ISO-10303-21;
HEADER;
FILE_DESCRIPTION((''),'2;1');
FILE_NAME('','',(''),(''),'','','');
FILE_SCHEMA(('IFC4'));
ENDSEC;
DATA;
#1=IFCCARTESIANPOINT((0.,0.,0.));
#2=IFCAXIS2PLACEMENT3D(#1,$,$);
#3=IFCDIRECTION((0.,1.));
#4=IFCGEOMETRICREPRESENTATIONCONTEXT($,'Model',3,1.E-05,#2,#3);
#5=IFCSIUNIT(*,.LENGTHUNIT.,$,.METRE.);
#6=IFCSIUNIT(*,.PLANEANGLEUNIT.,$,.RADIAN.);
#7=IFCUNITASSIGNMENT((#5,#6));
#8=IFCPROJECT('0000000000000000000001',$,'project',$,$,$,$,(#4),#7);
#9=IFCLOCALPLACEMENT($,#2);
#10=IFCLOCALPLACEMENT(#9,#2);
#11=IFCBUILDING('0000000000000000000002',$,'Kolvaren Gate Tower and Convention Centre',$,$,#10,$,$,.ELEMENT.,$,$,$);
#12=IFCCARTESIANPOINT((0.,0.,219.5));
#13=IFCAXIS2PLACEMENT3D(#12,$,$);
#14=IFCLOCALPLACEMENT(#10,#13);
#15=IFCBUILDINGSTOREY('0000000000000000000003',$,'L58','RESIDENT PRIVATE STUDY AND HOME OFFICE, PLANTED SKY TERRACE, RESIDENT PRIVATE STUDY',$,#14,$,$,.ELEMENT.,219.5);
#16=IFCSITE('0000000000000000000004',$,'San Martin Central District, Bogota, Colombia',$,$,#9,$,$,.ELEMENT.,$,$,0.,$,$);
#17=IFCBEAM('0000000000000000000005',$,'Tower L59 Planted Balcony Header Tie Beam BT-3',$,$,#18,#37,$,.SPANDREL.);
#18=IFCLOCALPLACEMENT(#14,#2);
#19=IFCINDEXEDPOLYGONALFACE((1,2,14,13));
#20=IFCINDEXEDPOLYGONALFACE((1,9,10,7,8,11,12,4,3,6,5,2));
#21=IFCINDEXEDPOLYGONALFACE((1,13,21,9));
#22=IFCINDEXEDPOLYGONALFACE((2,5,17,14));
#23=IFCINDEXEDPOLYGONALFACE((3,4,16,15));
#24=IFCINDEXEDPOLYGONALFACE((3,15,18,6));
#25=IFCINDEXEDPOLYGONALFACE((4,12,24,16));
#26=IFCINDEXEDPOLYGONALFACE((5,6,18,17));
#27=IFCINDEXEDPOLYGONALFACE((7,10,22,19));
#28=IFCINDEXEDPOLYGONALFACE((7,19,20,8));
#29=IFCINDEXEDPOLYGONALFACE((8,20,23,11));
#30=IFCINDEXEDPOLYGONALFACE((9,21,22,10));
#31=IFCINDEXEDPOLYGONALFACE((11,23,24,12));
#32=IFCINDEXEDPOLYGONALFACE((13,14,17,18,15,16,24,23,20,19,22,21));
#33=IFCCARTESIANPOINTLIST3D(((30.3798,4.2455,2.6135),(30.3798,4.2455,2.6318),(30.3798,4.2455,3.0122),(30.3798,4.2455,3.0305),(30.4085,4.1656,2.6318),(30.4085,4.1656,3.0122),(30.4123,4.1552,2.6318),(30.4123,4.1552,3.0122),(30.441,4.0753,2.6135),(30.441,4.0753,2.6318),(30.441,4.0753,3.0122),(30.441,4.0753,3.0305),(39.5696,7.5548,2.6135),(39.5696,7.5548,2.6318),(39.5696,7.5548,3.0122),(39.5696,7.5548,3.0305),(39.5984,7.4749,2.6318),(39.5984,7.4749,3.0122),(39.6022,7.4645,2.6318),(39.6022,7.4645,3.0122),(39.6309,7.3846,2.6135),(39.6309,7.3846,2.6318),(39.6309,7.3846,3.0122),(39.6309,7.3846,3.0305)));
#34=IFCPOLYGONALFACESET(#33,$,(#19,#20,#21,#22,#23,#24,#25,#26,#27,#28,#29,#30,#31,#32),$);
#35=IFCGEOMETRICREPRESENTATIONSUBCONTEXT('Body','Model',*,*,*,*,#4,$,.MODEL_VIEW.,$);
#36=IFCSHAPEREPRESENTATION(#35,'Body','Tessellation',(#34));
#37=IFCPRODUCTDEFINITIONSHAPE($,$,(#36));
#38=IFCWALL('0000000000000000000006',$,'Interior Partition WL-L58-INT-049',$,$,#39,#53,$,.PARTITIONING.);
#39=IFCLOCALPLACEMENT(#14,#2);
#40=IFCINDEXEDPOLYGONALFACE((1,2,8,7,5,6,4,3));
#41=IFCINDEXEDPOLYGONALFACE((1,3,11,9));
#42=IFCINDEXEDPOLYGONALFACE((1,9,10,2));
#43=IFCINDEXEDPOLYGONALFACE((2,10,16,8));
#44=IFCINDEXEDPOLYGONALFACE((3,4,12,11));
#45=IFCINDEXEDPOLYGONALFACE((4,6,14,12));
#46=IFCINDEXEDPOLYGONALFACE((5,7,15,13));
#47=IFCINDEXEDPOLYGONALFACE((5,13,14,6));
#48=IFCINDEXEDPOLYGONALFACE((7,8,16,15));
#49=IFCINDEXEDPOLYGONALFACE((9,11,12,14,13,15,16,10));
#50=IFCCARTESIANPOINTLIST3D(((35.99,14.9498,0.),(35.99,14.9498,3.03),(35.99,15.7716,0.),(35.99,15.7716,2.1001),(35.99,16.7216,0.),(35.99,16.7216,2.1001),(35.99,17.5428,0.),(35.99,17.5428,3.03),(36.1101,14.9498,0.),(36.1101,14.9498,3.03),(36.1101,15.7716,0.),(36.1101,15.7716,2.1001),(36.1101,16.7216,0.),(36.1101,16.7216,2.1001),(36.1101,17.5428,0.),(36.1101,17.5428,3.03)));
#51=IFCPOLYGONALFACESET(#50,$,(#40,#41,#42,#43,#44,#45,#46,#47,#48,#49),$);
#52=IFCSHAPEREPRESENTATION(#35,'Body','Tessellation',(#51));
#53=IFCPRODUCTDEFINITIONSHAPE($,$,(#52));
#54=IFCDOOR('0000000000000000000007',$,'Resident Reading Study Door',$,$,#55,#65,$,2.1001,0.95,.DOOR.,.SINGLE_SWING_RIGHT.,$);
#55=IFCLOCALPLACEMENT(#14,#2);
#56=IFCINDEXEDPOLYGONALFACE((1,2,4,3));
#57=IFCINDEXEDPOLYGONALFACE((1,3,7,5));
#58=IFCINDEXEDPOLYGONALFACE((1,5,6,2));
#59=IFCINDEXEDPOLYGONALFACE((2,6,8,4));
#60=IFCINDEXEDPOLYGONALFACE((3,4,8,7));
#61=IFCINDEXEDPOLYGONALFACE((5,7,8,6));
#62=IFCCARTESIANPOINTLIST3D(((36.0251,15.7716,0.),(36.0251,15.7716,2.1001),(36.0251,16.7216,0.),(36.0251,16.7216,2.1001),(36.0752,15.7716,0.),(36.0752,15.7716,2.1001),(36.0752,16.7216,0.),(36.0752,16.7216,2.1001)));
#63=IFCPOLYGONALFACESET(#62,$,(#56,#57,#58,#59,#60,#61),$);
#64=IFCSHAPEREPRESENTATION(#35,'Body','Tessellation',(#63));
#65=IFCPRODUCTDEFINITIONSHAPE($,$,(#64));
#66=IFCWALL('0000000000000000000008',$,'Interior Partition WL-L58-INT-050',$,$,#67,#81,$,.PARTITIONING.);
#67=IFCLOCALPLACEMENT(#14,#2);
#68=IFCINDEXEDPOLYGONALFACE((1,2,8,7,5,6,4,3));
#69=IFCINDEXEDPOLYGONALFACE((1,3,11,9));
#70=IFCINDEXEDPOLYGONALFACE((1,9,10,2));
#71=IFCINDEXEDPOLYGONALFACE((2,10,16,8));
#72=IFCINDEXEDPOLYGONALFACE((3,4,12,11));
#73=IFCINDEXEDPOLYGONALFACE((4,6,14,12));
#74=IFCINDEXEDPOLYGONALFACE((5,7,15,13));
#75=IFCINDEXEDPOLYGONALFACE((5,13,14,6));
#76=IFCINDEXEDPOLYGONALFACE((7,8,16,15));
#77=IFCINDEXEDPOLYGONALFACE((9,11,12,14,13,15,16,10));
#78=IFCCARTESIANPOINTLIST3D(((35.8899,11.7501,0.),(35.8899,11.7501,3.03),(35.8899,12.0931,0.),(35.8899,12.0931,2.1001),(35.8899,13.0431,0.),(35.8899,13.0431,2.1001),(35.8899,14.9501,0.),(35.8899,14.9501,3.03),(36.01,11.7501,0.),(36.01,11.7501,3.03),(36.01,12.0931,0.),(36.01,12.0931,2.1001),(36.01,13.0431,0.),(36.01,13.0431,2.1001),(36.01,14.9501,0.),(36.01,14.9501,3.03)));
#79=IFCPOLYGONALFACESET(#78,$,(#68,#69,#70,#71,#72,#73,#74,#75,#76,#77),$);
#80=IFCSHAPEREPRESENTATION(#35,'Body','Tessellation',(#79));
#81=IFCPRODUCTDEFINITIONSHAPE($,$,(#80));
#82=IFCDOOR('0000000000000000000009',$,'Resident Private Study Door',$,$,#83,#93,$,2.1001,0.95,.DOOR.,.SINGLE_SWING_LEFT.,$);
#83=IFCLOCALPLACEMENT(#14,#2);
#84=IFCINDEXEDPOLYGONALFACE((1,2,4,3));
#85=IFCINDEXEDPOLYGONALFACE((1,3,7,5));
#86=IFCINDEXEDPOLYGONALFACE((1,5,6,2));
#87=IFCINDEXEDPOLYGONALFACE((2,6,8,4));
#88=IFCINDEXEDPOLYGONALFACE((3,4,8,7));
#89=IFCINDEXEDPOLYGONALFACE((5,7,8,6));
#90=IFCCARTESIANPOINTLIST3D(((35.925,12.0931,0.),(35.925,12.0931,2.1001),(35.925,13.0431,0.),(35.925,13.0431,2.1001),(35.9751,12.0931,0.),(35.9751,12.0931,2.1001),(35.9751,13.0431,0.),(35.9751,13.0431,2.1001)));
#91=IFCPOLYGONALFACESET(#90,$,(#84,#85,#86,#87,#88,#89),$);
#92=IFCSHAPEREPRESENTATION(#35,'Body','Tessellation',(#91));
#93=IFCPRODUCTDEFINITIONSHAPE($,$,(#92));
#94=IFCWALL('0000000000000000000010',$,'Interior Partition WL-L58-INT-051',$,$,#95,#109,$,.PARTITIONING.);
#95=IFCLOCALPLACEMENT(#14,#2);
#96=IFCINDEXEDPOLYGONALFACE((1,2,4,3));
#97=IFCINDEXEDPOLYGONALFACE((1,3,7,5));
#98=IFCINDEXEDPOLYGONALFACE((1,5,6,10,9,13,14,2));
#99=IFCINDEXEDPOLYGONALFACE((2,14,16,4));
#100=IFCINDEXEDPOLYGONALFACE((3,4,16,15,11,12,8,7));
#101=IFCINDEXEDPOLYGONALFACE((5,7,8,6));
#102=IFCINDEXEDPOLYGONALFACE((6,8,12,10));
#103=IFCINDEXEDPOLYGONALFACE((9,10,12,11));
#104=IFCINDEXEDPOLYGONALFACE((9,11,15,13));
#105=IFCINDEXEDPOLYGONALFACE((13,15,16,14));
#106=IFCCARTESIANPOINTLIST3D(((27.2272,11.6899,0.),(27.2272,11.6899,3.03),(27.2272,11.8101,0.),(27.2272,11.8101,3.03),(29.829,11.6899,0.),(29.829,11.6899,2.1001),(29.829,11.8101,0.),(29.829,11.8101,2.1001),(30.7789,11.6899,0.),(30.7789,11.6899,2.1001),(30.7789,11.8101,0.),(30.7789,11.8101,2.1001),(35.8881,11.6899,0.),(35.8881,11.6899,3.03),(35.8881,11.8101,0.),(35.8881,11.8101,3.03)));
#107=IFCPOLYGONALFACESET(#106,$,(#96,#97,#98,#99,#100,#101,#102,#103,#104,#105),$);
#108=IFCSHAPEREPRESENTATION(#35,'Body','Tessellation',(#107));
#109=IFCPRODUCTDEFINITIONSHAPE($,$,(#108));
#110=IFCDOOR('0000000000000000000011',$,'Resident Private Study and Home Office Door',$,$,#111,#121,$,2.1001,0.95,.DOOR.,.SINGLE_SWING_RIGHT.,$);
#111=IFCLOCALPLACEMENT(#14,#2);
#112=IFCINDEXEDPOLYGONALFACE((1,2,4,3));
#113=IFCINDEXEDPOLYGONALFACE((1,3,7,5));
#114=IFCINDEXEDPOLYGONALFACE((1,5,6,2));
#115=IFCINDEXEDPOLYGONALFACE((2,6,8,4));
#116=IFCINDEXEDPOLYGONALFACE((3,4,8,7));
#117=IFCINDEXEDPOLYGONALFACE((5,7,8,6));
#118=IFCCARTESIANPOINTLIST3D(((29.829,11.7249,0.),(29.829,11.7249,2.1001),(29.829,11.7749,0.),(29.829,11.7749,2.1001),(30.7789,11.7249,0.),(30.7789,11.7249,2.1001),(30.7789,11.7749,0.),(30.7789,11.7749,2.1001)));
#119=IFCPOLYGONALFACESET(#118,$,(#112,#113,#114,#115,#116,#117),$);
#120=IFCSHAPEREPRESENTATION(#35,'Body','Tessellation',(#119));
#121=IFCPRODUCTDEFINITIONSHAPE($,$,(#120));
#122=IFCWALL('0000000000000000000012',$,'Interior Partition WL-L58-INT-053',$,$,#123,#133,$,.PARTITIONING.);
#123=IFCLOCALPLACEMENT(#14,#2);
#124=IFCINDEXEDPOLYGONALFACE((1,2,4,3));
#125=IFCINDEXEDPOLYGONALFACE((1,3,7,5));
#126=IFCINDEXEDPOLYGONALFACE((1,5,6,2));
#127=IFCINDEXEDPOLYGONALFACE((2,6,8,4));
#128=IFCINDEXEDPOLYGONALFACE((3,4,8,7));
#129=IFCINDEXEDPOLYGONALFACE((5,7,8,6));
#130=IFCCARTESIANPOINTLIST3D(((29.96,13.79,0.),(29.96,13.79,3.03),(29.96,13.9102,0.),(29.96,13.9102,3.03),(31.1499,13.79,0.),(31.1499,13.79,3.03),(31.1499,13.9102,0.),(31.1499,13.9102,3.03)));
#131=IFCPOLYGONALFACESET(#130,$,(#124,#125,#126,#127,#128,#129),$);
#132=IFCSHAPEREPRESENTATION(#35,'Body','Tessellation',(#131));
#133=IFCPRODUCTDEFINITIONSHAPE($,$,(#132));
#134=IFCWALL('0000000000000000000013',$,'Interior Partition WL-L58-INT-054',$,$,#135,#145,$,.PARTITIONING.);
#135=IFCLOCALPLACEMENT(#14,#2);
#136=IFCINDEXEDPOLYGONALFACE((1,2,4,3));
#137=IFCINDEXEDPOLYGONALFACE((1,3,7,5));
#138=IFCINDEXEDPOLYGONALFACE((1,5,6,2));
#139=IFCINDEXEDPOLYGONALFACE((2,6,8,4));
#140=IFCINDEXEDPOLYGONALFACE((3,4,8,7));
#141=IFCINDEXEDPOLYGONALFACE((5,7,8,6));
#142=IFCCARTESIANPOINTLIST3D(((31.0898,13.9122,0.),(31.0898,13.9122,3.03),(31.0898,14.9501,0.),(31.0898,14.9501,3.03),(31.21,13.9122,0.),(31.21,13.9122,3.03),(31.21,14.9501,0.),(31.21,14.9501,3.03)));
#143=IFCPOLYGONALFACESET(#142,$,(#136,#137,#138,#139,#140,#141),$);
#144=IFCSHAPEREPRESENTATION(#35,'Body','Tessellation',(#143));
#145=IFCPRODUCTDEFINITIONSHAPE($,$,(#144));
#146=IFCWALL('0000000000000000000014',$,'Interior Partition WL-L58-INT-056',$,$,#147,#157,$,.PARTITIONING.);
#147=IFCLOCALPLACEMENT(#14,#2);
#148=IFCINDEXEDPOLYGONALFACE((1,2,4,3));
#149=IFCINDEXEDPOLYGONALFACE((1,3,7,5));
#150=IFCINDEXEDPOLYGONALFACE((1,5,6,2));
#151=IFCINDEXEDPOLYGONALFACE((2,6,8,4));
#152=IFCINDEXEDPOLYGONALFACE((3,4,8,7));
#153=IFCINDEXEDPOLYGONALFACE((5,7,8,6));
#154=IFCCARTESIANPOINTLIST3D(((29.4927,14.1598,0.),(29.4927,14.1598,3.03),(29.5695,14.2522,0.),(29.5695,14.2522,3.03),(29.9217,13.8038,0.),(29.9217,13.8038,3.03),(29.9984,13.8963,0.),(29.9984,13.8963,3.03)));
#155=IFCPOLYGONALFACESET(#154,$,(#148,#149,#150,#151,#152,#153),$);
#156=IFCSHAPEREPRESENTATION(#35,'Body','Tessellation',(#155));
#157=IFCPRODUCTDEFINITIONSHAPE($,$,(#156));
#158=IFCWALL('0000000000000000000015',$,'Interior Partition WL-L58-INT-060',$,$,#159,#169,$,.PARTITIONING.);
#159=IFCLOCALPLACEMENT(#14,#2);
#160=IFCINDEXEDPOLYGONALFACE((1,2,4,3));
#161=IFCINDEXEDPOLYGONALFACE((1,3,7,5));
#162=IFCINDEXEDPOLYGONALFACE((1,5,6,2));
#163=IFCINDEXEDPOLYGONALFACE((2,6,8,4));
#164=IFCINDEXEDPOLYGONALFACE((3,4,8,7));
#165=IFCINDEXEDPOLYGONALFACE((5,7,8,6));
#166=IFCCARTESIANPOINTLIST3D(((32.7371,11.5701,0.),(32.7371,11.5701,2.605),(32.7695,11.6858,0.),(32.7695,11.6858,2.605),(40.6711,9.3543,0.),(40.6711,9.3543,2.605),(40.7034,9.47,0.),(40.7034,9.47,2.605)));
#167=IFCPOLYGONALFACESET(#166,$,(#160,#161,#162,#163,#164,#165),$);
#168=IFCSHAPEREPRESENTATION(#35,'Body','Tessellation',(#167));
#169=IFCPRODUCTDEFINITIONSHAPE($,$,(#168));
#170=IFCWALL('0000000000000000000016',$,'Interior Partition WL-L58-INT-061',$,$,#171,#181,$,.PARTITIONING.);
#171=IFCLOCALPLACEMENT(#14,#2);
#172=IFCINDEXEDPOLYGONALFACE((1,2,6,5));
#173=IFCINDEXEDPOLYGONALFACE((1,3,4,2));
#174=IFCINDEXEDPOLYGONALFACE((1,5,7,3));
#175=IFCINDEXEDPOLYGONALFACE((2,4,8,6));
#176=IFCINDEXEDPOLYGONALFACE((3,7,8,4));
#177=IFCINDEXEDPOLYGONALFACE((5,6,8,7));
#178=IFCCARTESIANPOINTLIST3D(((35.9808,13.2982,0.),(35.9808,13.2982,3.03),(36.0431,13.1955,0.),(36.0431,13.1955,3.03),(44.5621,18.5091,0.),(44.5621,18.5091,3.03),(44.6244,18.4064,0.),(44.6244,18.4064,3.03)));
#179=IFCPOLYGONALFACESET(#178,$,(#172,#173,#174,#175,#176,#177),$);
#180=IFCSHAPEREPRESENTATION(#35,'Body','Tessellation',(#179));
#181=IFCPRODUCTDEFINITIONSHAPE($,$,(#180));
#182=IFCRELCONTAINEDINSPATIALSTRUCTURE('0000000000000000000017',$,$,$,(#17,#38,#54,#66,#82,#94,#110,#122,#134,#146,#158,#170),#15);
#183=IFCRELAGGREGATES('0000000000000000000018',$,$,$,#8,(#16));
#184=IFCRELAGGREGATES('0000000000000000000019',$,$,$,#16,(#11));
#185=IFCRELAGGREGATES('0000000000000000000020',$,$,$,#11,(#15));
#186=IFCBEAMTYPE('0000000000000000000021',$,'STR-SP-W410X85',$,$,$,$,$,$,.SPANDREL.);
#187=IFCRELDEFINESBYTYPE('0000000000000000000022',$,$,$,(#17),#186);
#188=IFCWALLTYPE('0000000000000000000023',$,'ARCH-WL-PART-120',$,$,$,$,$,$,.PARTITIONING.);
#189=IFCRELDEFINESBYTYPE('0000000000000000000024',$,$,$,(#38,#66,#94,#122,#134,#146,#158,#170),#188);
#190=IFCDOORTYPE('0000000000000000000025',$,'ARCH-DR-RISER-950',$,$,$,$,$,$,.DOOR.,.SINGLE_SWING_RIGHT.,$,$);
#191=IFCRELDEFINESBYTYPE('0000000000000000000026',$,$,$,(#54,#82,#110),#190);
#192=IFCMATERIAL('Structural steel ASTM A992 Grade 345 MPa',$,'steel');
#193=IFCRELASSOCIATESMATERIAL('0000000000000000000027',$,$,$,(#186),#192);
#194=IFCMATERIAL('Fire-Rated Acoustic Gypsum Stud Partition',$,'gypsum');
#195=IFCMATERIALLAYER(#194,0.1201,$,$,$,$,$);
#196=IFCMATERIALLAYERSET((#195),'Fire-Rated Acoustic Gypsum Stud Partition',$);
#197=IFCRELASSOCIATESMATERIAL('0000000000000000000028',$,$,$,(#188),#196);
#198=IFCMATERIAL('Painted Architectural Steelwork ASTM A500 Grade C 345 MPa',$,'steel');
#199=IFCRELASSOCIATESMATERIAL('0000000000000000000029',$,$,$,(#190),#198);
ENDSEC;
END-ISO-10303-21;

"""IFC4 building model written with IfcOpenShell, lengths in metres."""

from ifc_helpers import new_model, si_unit, direction, frame, frame_2d, origin, origin_2d, place, context, subcontext, project, spatial, rectangle, i_section, extrude, material, layer, layer_set, material_profile, profile_set, type_object, element, fill, save


model = new_model("IFC4")

# Units and contexts
model_context = context("Model", 3, precision=1e-05, world=origin(), true_north=direction((0.0, 1.0)))
body_context = subcontext(model_context, "Body", "Model", "MODEL_VIEW")
ifc_project = project(units=[si_unit("LENGTHUNIT", "METRE"), si_unit("PLANEANGLEUNIT", "RADIAN")], contexts=[model_context])

# Site, building, storey
site_placement = place(None, origin())
site = spatial("IfcSite", under=ifc_project, at=site_placement, Name="San Martin Central District, Bogota, Colombia", CompositionType="ELEMENT", RefElevation=0.0)
building_placement = place(site_placement, origin())
building = spatial("IfcBuilding", under=site, at=building_placement, Name="Kolvaren Gate Tower and Convention Centre", CompositionType="ELEMENT")
storey_placement = place(building_placement, frame((0.0, 0.0, 219.5)))
storey = spatial("IfcBuildingStorey", under=building, at=storey_placement, Name="L58", Description="RESIDENT PRIVATE STUDY AND HOME OFFICE, PLANTED SKY TERRACE, RESIDENT PRIVATE STUDY", CompositionType="ELEMENT", Elevation=219.5)

# Beam
ifc_material_1 = material(Name="Structural steel ASTM A992 Grade 345 MPa", Category="steel")
ifc_material_profile_1 = material_profile(ifc_material_1, i_section(OverallWidth=0.1809, OverallDepth=0.417, WebThickness=0.011, FlangeThickness=0.0183, at=origin_2d()), Name="W410X85")
ifc_profile_set_1 = profile_set([ifc_material_profile_1], Name="Structural steel ASTM A992 Grade 345 MPa")
beam_type_1 = type_object("IfcBeamType", Name="STR-SP-W410X85", PredefinedType="SPANDREL", material=ifc_profile_set_1)
beam_1_placement = place(storey_placement, frame((30.4104, 4.1604, 2.822), z_axis=(0.940857, 0.338805, 0.0), x_axis=(-0.338805, 0.940857, 0.0)))
element("IfcBeam", 1, at=beam_1_placement, inside=storey, type_object=beam_type_1, Name="Tower L59 Planted Balcony Header Tie Beam BT-3", PredefinedType="SPANDREL", context=body_context, shape_type="SweptSolid", body=[
    extrude(i_section(OverallWidth=0.1809, OverallDepth=0.417, WebThickness=0.011, FlangeThickness=0.0183, at=origin_2d()), origin(), (0.0, 0.0, 1.0), 9.7676),
])

# Walls, openings, doors
ifc_material_2 = material(Name="Fire-Rated Acoustic Gypsum Stud Partition", Category="gypsum")
ifc_layer_1 = layer(ifc_material_2, 0.1201)
ifc_layer_set_1 = layer_set([ifc_layer_1], Name="Fire-Rated Acoustic Gypsum Stud Partition")
wall_type_1 = type_object("IfcWallType", Name="ARCH-WL-PART-120", PredefinedType="PARTITIONING", material=ifc_layer_set_1)
wall_1_placement = place(storey_placement, frame((36.05, 14.95, 0.0), z_axis=(0.0, 0.0, 1.0), x_axis=(0.0, 1.0, 0.0)))
wall_1 = element("IfcWall", 2, at=wall_1_placement, inside=storey, type_object=wall_type_1, Name="Interior Partition WL-L58-INT-049", PredefinedType="PARTITIONING", context=body_context, shape_type="SweptSolid", body=[
    extrude(rectangle(XDim=2.593, YDim=0.1201, at=frame_2d((1.2964, 0.0))), origin(), (0.0, 0.0, 1.0), 3.03),
])
opening_1_placement = place(wall_1_placement, frame((0.8215, 0.0, 0.0)))
opening_1 = element("IfcOpeningElement", 3, at=opening_1_placement, cuts=wall_1, PredefinedType="OPENING", context=body_context, shape_type="SweptSolid", body=[
    extrude(rectangle(XDim=0.95, YDim=2.1001, at=frame_2d((0.4751, 1.05))), frame((0.0, 0.0701, 0.0), z_axis=(0.0, -1.0, 0.0), x_axis=(1.0, 0.0, 0.0)), (0.0, 0.0, 1.0), 0.1401),
])
ifc_material_3 = material(Name="Painted Architectural Steelwork ASTM A500 Grade C 345 MPa", Category="steel")
door_type_1 = type_object("IfcDoorType", Name="ARCH-DR-RISER-950", OperationType="SINGLE_SWING_RIGHT", PredefinedType="DOOR", material=ifc_material_3)
door_1_placement = place(opening_1_placement, origin())
door_1 = element("IfcDoor", 4, at=door_1_placement, inside=storey, type_object=door_type_1, Name="Resident Reading Study Door", OperationType="SINGLE_SWING_RIGHT", OverallHeight=2.1001, OverallWidth=0.95, PredefinedType="DOOR", context=body_context, shape_type="SweptSolid", body=[
    extrude(rectangle(XDim=0.95, YDim=2.1001, at=frame_2d((0.4751, 1.05))), frame((0.0, 0.0249, 0.0), z_axis=(0.0, -1.0, 0.0), x_axis=(1.0, 0.0, 0.0)), (0.0, 0.0, 1.0), 0.05),
])
fill(opening_1, door_1)
wall_2_placement = place(storey_placement, frame((35.95, 11.75, 0.0), z_axis=(0.0, 0.0, 1.0), x_axis=(0.0, 1.0, 0.0)))
wall_2 = element("IfcWall", 5, at=wall_2_placement, inside=storey, type_object=wall_type_1, Name="Interior Partition WL-L58-INT-050", PredefinedType="PARTITIONING", context=body_context, shape_type="SweptSolid", body=[
    extrude(rectangle(XDim=3.2, YDim=0.1201, at=frame_2d((1.6001, 0.0))), origin(), (0.0, 0.0, 1.0), 3.03),
])
opening_2_placement = place(wall_2_placement, frame((0.343, 0.0, 0.0)))
opening_2 = element("IfcOpeningElement", 6, at=opening_2_placement, cuts=wall_2, PredefinedType="OPENING", context=body_context, shape_type="SweptSolid", body=[
    extrude(rectangle(XDim=0.95, YDim=2.1001, at=frame_2d((0.4751, 1.05))), frame((0.0, 0.0701, 0.0), z_axis=(0.0, -1.0, 0.0), x_axis=(1.0, 0.0, 0.0)), (0.0, 0.0, 1.0), 0.1401),
])
door_2_placement = place(opening_2_placement, origin())
door_2 = element("IfcDoor", 7, at=door_2_placement, inside=storey, type_object=door_type_1, Name="Resident Private Study Door", OperationType="SINGLE_SWING_LEFT", OverallHeight=2.1001, OverallWidth=0.95, PredefinedType="DOOR", context=body_context, shape_type="SweptSolid", body=[
    extrude(rectangle(XDim=0.95, YDim=2.1001, at=frame_2d((0.4751, 1.05))), frame((0.0, 0.0249, 0.0), z_axis=(0.0, -1.0, 0.0), x_axis=(1.0, 0.0, 0.0)), (0.0, 0.0, 1.0), 0.05),
])
fill(opening_2, door_2)
wall_3_placement = place(storey_placement, frame((27.2271, 11.75, 0.0), z_axis=(0.0, 0.0, 1.0), x_axis=(1.0, 0.0, 0.0)))
wall_3 = element("IfcWall", 8, at=wall_3_placement, inside=storey, type_object=wall_type_1, Name="Interior Partition WL-L58-INT-051", PredefinedType="PARTITIONING", context=body_context, shape_type="SweptSolid", body=[
    extrude(rectangle(XDim=8.6609, YDim=0.1201, at=frame_2d((4.3306, 0.0))), origin(), (0.0, 0.0, 1.0), 3.03),
])
opening_3_placement = place(wall_3_placement, frame((2.6018, 0.0, 0.0)))
opening_3 = element("IfcOpeningElement", 9, at=opening_3_placement, cuts=wall_3, PredefinedType="OPENING", context=body_context, shape_type="SweptSolid", body=[
    extrude(rectangle(XDim=0.95, YDim=2.1001, at=frame_2d((0.4751, 1.05))), frame((0.0, 0.0701, 0.0), z_axis=(0.0, -1.0, 0.0), x_axis=(1.0, 0.0, 0.0)), (0.0, 0.0, 1.0), 0.1401),
])
door_3_placement = place(opening_3_placement, origin())
door_3 = element("IfcDoor", 10, at=door_3_placement, inside=storey, type_object=door_type_1, Name="Resident Private Study and Home Office Door", OperationType="SINGLE_SWING_RIGHT", OverallHeight=2.1001, OverallWidth=0.95, PredefinedType="DOOR", context=body_context, shape_type="SweptSolid", body=[
    extrude(rectangle(XDim=0.95, YDim=2.1001, at=frame_2d((0.4751, 1.05))), frame((0.0, 0.0249, 0.0), z_axis=(0.0, -1.0, 0.0), x_axis=(1.0, 0.0, 0.0)), (0.0, 0.0, 1.0), 0.05),
])
fill(opening_3, door_3)

# Walls
wall_4_placement = place(storey_placement, frame((29.96, 13.8501, 0.0), z_axis=(0.0, 0.0, 1.0), x_axis=(1.0, 0.0, 0.0)))
element("IfcWall", 11, at=wall_4_placement, inside=storey, type_object=wall_type_1, Name="Interior Partition WL-L58-INT-053", PredefinedType="PARTITIONING", context=body_context, shape_type="SweptSolid", body=[
    extrude(rectangle(XDim=1.1899, YDim=0.1201, at=frame_2d((0.595, 0.0))), origin(), (0.0, 0.0, 1.0), 3.03),
])
wall_5_placement = place(storey_placement, frame((31.1499, 13.9121, 0.0), z_axis=(0.0, 0.0, 1.0), x_axis=(0.0, 1.0, 0.0)))
element("IfcWall", 12, at=wall_5_placement, inside=storey, type_object=wall_type_1, Name="Interior Partition WL-L58-INT-054", PredefinedType="PARTITIONING", context=body_context, shape_type="SweptSolid", body=[
    extrude(rectangle(XDim=1.0378, YDim=0.1201, at=frame_2d((0.519, 0.0))), origin(), (0.0, 0.0, 1.0), 3.03),
])
wall_6_placement = place(storey_placement, frame((29.531, 14.2061, 0.0), z_axis=(0.0, 0.0, 1.0), x_axis=(0.769548, -0.638589, 0.0)))
element("IfcWall", 13, at=wall_6_placement, inside=storey, type_object=wall_type_1, Name="Interior Partition WL-L58-INT-056", PredefinedType="PARTITIONING", context=body_context, shape_type="SweptSolid", body=[
    extrude(rectangle(XDim=0.5574, YDim=0.1201, at=frame_2d((0.2788, 0.0))), origin(), (0.0, 0.0, 1.0), 3.03),
])
wall_7_placement = place(storey_placement, frame((32.7534, 11.6279, 0.0), z_axis=(0.0, 0.0, 1.0), x_axis=(0.963142, -0.268993, 0.0)))
element("IfcWall", 14, at=wall_7_placement, inside=storey, type_object=wall_type_1, Name="Interior Partition WL-L58-INT-060", PredefinedType="PARTITIONING", context=body_context, shape_type="SweptSolid", body=[
    extrude(rectangle(XDim=8.2375, YDim=0.1201, at=frame_2d((4.1187, 0.0))), origin(), (0.0, 0.0, 1.0), 2.605),
])
wall_8_placement = place(storey_placement, frame((36.012, 13.2468, 0.0), z_axis=(0.0, 0.0, 1.0), x_axis=(0.854749, 0.519041, 0.0)))
element("IfcWall", 15, at=wall_8_placement, inside=storey, type_object=wall_type_1, Name="Interior Partition WL-L58-INT-061", PredefinedType="PARTITIONING", context=body_context, shape_type="SweptSolid", body=[
    extrude(rectangle(XDim=10.0396, YDim=0.1201, at=frame_2d((5.0198, 0.0))), origin(), (0.0, 0.0, 1.0), 3.03),
])

save(model, "model.ifc")
